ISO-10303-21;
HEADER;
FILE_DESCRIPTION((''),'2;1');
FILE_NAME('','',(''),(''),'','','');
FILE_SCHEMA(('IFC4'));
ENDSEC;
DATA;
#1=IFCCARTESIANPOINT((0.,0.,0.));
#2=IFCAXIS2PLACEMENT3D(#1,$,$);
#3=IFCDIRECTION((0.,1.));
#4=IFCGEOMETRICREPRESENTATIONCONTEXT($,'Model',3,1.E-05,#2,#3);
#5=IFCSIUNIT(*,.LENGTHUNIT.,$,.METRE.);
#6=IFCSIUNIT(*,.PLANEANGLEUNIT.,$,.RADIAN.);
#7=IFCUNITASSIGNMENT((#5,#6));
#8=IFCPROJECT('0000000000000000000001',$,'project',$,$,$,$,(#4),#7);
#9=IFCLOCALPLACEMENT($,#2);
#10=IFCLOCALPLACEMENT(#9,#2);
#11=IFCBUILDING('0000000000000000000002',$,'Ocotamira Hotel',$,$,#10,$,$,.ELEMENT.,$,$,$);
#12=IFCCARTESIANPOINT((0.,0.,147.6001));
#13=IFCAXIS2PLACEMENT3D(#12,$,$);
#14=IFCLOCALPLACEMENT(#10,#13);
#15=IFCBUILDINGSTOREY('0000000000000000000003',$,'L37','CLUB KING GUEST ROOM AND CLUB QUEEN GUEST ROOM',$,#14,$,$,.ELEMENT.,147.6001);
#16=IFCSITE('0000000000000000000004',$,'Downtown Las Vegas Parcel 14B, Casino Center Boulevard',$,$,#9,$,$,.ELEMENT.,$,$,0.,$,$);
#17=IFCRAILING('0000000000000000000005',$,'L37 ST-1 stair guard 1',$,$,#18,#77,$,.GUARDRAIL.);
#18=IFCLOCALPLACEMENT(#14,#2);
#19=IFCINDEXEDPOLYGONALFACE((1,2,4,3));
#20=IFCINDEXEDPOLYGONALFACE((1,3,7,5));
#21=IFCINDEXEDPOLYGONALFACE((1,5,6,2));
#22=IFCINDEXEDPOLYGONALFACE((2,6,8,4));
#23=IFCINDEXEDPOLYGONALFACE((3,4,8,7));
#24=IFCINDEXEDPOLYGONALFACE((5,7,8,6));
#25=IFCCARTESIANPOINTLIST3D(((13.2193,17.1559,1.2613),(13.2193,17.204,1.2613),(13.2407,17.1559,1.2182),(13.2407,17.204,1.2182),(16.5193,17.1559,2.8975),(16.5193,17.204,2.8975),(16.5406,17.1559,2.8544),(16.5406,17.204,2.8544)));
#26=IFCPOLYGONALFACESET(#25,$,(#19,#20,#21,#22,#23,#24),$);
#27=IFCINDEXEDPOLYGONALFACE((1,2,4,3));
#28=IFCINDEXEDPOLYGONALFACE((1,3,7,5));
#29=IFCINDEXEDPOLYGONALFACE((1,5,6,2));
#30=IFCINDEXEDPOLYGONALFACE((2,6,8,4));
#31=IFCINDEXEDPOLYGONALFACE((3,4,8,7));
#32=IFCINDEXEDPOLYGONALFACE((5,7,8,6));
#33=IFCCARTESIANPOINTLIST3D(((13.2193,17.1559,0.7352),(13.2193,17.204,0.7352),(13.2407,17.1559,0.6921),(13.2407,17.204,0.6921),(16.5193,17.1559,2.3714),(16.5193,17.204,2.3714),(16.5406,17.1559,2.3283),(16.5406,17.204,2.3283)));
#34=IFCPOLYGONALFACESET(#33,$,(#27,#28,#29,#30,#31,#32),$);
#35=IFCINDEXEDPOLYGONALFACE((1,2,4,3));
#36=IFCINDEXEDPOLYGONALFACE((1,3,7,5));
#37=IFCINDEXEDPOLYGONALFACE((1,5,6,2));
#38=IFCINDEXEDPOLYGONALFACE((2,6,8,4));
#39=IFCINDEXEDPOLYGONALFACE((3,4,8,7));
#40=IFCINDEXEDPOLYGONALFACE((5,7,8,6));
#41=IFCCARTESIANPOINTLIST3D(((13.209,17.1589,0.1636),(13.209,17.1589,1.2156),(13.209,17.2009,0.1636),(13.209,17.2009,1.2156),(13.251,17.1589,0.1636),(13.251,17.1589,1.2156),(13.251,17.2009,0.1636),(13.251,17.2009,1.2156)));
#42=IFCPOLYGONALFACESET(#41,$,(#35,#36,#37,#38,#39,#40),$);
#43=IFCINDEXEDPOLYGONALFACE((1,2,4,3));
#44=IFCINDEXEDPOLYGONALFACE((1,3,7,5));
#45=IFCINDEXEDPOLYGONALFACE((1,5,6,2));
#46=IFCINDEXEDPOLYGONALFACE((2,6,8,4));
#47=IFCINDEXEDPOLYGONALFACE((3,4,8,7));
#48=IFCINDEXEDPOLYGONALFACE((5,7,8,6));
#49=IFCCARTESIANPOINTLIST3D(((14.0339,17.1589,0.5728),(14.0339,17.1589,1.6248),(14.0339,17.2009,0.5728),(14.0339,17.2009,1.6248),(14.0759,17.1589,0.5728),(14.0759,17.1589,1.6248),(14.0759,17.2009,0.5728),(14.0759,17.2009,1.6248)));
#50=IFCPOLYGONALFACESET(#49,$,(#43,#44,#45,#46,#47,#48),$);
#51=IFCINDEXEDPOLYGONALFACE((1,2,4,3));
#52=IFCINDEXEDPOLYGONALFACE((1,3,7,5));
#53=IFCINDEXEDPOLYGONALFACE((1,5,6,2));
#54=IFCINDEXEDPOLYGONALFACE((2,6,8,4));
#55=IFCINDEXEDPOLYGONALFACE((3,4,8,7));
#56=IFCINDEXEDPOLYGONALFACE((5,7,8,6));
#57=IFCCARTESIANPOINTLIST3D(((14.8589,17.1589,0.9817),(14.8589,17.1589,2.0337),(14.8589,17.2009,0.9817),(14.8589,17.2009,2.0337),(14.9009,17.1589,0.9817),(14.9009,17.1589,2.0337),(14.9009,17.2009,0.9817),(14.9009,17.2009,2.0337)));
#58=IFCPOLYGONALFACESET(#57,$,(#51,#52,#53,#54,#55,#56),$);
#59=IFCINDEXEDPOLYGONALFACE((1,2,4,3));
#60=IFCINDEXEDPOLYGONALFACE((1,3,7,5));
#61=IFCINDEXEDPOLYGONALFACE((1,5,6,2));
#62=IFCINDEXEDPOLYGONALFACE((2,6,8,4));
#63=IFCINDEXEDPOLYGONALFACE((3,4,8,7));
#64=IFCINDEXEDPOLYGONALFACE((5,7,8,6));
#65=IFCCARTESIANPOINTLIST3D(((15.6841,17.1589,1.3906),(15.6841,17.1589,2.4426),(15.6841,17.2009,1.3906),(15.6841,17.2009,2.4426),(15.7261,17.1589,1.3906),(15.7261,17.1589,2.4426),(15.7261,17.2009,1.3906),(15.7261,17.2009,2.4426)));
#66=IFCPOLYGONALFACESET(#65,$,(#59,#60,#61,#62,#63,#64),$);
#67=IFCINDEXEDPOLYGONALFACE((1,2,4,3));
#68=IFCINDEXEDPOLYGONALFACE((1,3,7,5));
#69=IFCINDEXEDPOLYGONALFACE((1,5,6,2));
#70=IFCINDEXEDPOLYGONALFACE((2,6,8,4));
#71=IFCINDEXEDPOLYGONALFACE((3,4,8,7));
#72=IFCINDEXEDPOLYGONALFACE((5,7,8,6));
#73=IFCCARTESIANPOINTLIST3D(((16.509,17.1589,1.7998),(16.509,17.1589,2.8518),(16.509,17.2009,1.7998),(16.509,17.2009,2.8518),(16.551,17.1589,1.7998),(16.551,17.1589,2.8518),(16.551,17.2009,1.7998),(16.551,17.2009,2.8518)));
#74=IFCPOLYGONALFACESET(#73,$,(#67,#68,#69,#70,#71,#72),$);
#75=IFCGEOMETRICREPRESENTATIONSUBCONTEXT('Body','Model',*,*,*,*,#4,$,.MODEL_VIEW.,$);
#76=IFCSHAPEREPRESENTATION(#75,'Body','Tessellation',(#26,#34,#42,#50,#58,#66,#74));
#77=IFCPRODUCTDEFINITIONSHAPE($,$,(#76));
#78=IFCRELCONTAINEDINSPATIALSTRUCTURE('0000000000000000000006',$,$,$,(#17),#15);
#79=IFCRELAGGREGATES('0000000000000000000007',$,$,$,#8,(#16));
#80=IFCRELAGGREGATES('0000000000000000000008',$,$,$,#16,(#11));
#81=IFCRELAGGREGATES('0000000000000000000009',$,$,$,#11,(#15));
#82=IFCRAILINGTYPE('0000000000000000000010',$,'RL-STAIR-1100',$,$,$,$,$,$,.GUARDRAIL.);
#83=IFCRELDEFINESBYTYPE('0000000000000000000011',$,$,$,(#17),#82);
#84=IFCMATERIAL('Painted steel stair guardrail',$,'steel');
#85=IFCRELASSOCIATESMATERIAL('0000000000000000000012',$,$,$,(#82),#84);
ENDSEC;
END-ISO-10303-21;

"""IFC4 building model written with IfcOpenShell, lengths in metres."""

from ifc_helpers import new_model, si_unit, direction, frame, origin, origin_2d, place, context, subcontext, project, spatial, rectangle, extrude, material, type_object, element, save


model = new_model("IFC4")

# Units and contexts
model_context = context("Model", 3, precision=1e-05, world=origin(), true_north=direction((0.0, 1.0)))
body_context = subcontext(model_context, "Body", "Model", "MODEL_VIEW")
ifc_project = project(units=[si_unit("LENGTHUNIT", "METRE"), si_unit("PLANEANGLEUNIT", "RADIAN")], contexts=[model_context])

# Site, building, storey
site_placement = place(None, origin())
site = spatial("IfcSite", under=ifc_project, at=site_placement, Name="Downtown Las Vegas Parcel 14B, Casino Center Boulevard", CompositionType="ELEMENT", RefElevation=0.0)
building_placement = place(site_placement, origin())
building = spatial("IfcBuilding", under=site, at=building_placement, Name="Ocotamira Hotel", CompositionType="ELEMENT")
storey_placement = place(building_placement, frame((0.0, 0.0, 147.6001)))
storey = spatial("IfcBuildingStorey", under=building, at=storey_placement, Name="L37", Description="CLUB KING GUEST ROOM AND CLUB QUEEN GUEST ROOM", CompositionType="ELEMENT", Elevation=147.6001)

# Railing
ifc_material_1 = material(Name="Painted steel stair guardrail", Category="steel")
railing_type_1 = type_object("IfcRailingType", Name="RL-STAIR-1100", PredefinedType="GUARDRAIL", material=ifc_material_1)
railing_1_placement = place(storey_placement, frame((13.23, 17.1799, 0.1636)))
element("IfcRailing", 1, at=railing_1_placement, inside=storey, type_object=railing_type_1, Name="L37 ST-1 stair guard 1", PredefinedType="GUARDRAIL", context=body_context, shape_type="SweptSolid", body=[
    extrude(rectangle(XDim=0.0481, YDim=0.0481, at=origin_2d()), frame((0.0, 0.0, 1.0762), z_axis=(0.89592, 0.0, 0.444215), x_axis=(0.0, 1.0, 0.0)), (0.0, 0.0, 1.0), 3.6833),
    extrude(rectangle(XDim=0.0481, YDim=0.0481, at=origin_2d()), frame((0.0, 0.0, 0.55), z_axis=(0.89592, 0.0, 0.444215), x_axis=(0.0, 1.0, 0.0)), (0.0, 0.0, 1.0), 3.6833),
    extrude(rectangle(XDim=0.042, YDim=0.042, at=origin_2d()), origin(), (0.0, 0.0, 1.0), 1.052),
    extrude(rectangle(XDim=0.042, YDim=0.042, at=origin_2d()), frame((0.825, 0.0, 0.4092)), (0.0, 0.0, 1.0), 1.052),
    extrude(rectangle(XDim=0.042, YDim=0.042, at=origin_2d()), frame((1.6499, 0.0, 0.8181)), (0.0, 0.0, 1.0), 1.052),
    extrude(rectangle(XDim=0.042, YDim=0.042, at=origin_2d()), frame((2.4751, 0.0, 1.2271)), (0.0, 0.0, 1.0), 1.052),
    extrude(rectangle(XDim=0.042, YDim=0.042, at=origin_2d()), frame((3.3, 0.0, 1.6362)), (0.0, 0.0, 1.0), 1.052),
])

save(model, "model.ifc")
